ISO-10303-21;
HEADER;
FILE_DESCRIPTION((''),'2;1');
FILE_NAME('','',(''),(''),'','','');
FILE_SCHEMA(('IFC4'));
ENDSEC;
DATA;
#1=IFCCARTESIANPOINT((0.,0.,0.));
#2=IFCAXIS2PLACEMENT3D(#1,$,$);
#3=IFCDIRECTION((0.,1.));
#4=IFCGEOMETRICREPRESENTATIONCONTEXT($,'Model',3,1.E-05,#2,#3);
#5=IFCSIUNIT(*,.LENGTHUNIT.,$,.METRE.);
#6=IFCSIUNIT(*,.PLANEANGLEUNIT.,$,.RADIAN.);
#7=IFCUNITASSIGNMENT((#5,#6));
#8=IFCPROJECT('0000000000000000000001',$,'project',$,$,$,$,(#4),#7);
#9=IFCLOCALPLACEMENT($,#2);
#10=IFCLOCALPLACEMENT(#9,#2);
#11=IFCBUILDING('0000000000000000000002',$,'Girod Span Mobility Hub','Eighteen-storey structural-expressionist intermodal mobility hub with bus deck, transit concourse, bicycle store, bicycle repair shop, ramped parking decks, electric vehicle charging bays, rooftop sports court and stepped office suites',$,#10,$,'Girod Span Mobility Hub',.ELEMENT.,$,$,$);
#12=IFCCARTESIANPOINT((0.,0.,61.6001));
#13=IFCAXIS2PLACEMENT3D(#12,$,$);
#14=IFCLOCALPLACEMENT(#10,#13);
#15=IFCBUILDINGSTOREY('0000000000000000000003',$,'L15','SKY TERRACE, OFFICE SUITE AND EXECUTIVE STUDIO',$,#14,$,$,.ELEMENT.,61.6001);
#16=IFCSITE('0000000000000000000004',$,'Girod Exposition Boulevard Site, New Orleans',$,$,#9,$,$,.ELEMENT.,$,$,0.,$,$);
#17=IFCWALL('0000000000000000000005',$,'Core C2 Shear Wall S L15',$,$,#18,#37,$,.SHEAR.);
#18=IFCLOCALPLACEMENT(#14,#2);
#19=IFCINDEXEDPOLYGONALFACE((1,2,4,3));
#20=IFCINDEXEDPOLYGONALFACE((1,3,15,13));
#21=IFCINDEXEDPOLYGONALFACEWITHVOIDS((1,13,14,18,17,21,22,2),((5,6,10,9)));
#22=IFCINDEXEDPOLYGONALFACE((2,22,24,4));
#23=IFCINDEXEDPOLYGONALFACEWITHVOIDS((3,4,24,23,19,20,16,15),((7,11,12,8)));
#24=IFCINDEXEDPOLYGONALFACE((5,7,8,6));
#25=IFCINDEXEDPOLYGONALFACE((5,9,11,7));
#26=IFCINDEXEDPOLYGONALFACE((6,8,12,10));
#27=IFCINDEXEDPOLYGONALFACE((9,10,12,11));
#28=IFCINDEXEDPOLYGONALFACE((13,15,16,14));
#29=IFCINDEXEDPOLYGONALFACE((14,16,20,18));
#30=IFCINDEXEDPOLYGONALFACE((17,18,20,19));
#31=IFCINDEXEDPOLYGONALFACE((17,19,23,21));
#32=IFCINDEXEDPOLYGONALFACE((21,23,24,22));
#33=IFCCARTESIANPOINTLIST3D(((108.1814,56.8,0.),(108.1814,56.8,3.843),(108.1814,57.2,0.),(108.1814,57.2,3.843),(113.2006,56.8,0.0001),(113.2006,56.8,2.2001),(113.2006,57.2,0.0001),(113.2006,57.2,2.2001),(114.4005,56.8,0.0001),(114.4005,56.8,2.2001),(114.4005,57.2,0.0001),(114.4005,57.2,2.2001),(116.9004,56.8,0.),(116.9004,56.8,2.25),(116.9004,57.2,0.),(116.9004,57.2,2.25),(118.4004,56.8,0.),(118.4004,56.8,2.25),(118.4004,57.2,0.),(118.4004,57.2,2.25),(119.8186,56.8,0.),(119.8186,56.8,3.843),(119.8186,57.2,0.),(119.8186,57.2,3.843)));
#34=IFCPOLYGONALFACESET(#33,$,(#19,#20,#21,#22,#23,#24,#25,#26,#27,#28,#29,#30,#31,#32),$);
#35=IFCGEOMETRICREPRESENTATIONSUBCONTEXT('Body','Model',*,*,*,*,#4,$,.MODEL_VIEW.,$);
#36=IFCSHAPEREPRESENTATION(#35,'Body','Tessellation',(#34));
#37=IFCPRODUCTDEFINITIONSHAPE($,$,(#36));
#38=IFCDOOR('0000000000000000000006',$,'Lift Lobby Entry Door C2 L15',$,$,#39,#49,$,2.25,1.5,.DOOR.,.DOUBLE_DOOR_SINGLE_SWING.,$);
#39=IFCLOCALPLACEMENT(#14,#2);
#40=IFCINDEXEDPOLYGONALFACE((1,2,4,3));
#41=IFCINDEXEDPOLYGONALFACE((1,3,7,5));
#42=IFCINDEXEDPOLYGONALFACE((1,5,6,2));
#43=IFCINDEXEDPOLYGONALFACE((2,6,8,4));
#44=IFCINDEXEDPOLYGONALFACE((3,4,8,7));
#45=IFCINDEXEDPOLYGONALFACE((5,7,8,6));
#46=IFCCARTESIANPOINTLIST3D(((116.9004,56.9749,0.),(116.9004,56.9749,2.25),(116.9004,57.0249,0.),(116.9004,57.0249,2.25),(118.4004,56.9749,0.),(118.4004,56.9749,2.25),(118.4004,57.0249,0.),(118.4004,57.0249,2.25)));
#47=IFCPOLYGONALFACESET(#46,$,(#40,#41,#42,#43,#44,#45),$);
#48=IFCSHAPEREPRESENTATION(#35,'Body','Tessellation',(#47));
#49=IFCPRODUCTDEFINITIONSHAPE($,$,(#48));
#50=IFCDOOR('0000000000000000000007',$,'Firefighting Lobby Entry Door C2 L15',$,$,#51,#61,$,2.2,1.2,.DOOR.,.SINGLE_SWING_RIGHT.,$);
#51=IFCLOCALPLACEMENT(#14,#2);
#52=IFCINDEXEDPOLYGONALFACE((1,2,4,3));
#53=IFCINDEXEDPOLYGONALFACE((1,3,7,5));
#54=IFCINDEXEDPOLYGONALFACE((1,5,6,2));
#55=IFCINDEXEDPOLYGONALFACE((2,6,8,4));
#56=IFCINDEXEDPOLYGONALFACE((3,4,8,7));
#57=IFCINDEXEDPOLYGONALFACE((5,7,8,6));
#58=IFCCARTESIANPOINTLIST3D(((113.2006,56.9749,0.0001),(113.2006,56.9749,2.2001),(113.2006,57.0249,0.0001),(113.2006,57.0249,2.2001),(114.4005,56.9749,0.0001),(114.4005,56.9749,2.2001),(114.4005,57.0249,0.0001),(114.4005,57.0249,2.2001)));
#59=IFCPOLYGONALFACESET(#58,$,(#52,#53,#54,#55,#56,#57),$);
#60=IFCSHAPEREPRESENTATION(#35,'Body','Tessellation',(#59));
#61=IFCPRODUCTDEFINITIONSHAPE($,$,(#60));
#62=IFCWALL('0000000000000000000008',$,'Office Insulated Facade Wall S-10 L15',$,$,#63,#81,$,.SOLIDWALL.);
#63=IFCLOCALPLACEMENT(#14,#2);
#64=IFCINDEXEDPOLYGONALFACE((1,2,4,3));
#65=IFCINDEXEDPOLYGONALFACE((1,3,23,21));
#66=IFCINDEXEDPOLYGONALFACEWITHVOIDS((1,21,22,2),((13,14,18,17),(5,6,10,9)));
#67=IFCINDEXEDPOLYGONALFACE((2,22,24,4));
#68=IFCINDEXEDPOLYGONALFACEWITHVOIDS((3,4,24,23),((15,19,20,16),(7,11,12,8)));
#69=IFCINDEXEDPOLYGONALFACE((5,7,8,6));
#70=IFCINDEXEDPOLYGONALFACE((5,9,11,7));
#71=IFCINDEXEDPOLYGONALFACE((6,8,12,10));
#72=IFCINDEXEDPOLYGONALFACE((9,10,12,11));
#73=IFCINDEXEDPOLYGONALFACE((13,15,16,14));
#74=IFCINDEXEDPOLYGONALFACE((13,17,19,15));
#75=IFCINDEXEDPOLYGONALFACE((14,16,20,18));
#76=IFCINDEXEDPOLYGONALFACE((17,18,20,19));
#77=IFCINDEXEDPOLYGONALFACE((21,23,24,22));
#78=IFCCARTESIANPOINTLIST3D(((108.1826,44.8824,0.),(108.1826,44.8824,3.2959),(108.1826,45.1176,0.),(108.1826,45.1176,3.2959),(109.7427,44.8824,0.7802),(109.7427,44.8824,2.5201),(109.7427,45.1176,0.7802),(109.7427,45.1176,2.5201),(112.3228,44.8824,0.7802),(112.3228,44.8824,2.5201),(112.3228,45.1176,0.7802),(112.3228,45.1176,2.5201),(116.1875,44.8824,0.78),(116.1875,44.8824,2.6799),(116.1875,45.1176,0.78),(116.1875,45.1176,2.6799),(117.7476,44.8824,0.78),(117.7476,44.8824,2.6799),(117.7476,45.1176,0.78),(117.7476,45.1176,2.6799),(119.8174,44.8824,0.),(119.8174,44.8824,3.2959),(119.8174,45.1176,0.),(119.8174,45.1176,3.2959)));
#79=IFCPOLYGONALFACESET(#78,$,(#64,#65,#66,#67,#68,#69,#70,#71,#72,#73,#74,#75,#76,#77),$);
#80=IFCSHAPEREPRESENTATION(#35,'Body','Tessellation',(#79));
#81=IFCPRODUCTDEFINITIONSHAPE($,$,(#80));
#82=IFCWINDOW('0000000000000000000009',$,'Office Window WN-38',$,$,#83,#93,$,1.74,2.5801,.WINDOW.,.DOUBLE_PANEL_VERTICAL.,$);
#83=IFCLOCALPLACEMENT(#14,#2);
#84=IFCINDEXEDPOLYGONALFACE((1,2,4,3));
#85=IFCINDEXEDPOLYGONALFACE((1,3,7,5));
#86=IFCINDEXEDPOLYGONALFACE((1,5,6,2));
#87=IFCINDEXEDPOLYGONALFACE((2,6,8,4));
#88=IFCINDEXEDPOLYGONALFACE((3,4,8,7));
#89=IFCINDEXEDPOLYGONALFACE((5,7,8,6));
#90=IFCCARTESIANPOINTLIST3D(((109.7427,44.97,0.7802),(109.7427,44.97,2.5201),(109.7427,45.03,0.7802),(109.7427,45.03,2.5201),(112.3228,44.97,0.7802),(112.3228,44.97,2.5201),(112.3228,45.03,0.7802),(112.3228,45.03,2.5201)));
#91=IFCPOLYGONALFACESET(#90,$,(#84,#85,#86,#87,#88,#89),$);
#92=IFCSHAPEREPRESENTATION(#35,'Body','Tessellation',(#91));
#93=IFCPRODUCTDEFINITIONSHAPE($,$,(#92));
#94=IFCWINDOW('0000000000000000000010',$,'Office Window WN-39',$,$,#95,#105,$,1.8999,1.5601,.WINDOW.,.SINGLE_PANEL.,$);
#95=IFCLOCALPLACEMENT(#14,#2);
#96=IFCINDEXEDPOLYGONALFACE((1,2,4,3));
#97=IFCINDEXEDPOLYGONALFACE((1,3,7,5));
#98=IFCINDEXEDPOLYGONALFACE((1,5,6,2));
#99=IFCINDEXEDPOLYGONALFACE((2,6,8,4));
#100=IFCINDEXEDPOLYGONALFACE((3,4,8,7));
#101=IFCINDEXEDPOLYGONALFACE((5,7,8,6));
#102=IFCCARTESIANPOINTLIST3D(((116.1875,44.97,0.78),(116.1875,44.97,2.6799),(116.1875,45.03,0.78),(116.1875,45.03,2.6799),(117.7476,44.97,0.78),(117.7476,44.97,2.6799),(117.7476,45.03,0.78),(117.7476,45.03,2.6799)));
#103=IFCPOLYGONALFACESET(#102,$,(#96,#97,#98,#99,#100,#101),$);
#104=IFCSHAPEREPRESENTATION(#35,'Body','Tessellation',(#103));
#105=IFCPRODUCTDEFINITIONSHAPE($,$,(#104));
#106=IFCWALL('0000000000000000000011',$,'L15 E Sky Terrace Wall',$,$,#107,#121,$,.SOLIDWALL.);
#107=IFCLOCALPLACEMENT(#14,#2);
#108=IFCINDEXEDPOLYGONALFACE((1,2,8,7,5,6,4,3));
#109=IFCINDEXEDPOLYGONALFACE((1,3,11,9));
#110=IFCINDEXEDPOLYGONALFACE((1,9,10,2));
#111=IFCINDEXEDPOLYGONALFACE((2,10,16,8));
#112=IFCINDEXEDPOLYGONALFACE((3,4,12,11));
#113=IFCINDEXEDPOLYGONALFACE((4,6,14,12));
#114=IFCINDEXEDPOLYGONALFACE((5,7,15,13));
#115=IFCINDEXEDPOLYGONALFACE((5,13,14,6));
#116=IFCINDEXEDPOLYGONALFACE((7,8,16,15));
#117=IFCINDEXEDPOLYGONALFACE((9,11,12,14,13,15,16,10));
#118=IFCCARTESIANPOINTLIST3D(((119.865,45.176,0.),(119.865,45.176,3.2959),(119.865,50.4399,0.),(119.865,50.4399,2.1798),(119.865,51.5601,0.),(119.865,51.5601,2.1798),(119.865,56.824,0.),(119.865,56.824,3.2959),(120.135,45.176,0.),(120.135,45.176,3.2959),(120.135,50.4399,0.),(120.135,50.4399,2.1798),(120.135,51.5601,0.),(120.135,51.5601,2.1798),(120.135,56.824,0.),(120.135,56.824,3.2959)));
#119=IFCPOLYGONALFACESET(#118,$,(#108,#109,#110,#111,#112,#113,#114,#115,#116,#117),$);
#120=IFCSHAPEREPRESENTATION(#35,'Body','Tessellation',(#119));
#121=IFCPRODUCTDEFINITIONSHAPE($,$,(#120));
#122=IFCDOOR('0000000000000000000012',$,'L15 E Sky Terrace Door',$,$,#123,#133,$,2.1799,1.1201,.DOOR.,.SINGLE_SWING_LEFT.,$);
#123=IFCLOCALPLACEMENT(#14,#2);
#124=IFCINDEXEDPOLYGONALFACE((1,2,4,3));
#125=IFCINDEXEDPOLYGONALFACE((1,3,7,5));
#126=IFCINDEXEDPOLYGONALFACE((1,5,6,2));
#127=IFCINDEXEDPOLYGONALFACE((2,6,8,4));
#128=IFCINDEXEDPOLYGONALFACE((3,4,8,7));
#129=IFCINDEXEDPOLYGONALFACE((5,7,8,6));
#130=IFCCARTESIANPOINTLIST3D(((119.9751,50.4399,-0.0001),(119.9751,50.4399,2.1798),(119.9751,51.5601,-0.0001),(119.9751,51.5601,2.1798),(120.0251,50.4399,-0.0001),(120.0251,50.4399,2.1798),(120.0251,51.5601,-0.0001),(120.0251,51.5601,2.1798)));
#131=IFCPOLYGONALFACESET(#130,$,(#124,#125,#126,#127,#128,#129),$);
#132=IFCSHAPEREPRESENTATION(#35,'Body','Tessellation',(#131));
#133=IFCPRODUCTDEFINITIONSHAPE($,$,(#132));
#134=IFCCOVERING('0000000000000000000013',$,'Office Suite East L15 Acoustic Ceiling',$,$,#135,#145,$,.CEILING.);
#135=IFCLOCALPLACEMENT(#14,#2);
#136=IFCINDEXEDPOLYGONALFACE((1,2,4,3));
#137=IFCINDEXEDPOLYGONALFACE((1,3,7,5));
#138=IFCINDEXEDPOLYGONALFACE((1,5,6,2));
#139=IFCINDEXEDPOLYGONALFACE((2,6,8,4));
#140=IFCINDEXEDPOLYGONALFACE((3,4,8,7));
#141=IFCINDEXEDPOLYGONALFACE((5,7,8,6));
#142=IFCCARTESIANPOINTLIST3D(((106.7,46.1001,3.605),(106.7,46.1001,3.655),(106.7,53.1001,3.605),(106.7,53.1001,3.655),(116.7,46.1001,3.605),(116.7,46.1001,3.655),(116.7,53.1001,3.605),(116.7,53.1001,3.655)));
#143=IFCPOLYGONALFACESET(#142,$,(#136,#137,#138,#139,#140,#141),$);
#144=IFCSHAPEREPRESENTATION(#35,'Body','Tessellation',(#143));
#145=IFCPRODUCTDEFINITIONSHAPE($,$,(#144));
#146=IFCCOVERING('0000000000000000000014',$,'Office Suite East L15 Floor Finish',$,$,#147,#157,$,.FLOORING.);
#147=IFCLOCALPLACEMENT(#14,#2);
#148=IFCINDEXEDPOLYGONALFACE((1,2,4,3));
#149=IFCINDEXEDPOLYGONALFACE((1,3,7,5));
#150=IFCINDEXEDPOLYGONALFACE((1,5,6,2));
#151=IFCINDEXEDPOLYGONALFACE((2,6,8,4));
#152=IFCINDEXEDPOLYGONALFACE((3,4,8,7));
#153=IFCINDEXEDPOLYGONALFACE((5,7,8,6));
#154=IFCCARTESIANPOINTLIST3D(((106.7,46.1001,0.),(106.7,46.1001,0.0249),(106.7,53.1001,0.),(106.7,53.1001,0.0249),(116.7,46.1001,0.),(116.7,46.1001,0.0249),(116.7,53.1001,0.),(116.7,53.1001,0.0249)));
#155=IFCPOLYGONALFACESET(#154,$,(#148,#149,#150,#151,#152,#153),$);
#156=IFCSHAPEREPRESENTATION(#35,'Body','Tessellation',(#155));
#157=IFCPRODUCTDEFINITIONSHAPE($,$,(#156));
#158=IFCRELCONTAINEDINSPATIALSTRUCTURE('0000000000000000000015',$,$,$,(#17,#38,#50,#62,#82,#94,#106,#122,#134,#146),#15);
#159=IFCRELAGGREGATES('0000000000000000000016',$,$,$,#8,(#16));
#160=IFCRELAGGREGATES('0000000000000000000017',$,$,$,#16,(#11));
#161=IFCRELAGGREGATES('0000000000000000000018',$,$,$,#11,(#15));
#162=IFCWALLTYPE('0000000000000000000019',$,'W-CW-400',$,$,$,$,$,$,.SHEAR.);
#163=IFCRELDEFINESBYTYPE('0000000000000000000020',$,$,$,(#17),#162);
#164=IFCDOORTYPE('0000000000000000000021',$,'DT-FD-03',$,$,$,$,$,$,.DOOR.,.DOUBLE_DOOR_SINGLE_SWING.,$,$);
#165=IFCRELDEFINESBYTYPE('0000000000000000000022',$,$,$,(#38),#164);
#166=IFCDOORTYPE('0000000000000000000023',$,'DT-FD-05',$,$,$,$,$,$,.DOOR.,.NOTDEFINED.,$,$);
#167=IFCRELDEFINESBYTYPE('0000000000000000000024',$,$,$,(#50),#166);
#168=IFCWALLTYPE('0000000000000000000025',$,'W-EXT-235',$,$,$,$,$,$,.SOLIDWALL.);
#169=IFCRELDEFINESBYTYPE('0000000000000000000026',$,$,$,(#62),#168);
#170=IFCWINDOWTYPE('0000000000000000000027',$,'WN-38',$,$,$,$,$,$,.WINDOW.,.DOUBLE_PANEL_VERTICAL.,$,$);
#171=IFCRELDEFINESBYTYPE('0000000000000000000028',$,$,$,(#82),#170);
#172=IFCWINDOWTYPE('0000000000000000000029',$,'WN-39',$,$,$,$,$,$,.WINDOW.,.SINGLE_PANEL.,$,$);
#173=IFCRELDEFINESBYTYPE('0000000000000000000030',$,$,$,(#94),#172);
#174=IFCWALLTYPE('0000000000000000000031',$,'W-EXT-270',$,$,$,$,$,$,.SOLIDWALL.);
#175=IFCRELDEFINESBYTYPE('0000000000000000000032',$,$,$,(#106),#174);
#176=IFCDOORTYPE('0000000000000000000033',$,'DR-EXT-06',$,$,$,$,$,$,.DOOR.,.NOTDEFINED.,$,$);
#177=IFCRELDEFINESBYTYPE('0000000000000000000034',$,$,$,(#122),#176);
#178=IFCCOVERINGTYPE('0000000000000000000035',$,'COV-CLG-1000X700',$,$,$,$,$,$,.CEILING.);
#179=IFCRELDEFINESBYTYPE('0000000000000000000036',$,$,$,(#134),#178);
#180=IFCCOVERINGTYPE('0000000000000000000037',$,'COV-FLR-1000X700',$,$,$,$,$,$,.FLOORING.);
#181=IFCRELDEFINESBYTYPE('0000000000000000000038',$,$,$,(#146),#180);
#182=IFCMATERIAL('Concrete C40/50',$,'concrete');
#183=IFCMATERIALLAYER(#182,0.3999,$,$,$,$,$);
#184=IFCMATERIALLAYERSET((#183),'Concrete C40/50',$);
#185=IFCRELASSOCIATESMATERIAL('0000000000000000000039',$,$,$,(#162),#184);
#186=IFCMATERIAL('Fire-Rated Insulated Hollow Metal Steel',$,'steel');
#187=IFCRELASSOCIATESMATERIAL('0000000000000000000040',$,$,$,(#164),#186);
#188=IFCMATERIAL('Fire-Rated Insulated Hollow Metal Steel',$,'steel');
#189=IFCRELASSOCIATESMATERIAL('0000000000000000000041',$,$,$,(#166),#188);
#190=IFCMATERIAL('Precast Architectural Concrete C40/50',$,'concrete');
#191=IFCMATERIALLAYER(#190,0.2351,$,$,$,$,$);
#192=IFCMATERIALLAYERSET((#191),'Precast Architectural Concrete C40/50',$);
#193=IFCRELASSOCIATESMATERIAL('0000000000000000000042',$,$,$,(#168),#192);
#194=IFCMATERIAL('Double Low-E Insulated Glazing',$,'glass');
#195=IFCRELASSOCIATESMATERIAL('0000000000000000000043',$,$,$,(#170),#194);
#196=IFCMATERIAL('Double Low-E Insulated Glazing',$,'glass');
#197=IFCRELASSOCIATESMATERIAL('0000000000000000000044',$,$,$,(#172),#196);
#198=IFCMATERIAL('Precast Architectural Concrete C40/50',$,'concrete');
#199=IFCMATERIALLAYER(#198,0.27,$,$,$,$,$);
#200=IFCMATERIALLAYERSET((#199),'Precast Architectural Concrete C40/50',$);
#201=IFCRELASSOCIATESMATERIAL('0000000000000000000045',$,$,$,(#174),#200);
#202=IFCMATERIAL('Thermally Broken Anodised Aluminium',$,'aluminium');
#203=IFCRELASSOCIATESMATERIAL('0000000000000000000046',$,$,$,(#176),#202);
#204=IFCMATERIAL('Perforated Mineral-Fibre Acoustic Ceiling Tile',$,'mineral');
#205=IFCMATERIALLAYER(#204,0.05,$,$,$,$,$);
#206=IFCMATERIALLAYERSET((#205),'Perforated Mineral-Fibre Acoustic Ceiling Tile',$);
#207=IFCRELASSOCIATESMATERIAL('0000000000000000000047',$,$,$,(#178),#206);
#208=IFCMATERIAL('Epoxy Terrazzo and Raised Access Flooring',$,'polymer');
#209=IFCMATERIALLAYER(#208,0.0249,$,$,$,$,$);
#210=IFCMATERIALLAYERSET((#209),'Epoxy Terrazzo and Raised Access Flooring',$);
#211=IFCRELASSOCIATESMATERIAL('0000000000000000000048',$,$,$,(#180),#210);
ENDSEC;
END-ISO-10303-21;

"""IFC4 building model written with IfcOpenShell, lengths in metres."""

from ifc_helpers import new_model, si_unit, direction, frame, frame_2d, origin, origin_2d, place, context, subcontext, project, spatial, rectangle, extrude, material, layer, layer_set, type_object, element, fill, save


model = new_model("IFC4")

# Units and contexts
model_context = context("Model", 3, precision=1e-05, world=origin(), true_north=direction((0.0, 1.0)))
body_context = subcontext(model_context, "Body", "Model", "MODEL_VIEW")
ifc_project = project(units=[si_unit("LENGTHUNIT", "METRE"), si_unit("PLANEANGLEUNIT", "RADIAN")], contexts=[model_context])

# Site, building, storey
site_placement = place(None, origin())
site = spatial("IfcSite", under=ifc_project, at=site_placement, Name="Girod Exposition Boulevard Site, New Orleans", CompositionType="ELEMENT", RefElevation=0.0)
building_placement = place(site_placement, origin())
building = spatial("IfcBuilding", under=site, at=building_placement, Name="Girod Span Mobility Hub", Description="Eighteen-storey structural-expressionist intermodal mobility hub with bus deck, transit concourse, bicycle store, bicycle repair shop, ramped parking decks, electric vehicle charging bays, rooftop sports court and stepped office suites", LongName="Girod Span Mobility Hub", CompositionType="ELEMENT")
storey_placement = place(building_placement, frame((0.0, 0.0, 61.6001)))
storey = spatial("IfcBuildingStorey", under=building, at=storey_placement, Name="L15", Description="SKY TERRACE, OFFICE SUITE AND EXECUTIVE STUDIO", CompositionType="ELEMENT", Elevation=61.6001)

# Wall, openings, doors
ifc_material_1 = material(Name="Concrete C40/50", Category="concrete")
ifc_layer_1 = layer(ifc_material_1, 0.3999)
ifc_layer_set_1 = layer_set([ifc_layer_1], Name="Concrete C40/50")
wall_type_1 = type_object("IfcWallType", Name="W-CW-400", PredefinedType="SHEAR", material=ifc_layer_set_1)
wall_1_placement = place(storey_placement, frame((108.1814, 57.0, 0.0), z_axis=(0.0, 0.0, 1.0), x_axis=(1.0, 0.0, 0.0)))
wall_1 = element("IfcWall", 1, at=wall_1_placement, inside=storey, type_object=wall_type_1, Name="Core C2 Shear Wall S L15", PredefinedType="SHEAR", context=body_context, shape_type="SweptSolid", body=[
    extrude(rectangle(XDim=11.6372, YDim=0.3999, at=frame_2d((5.8186, 0.0))), origin(), (0.0, 0.0, 1.0), 3.843),
])
opening_1_placement = place(wall_1_placement, frame((5.019, 0.0, 0.0)))
opening_1 = element("IfcOpeningElement", 2, at=opening_1_placement, cuts=wall_1, PredefinedType="OPENING", context=body_context, shape_type="SweptSolid", body=[
    extrude(rectangle(XDim=1.2, YDim=2.2, at=frame_2d((0.6001, 1.1001))), frame((0.0, 0.2148, 0.0), z_axis=(0.0, -1.0, 0.0), x_axis=(1.0, 0.0, 0.0)), (0.0, 0.0, 1.0), 0.4299),
])
opening_2_placement = place(wall_1_placement, frame((8.719, 0.0, 0.0)))
opening_2 = element("IfcOpeningElement", 3, at=opening_2_placement, cuts=wall_1, PredefinedType="OPENING", context=body_context, shape_type="SweptSolid", body=[
    extrude(rectangle(XDim=1.5, YDim=2.25, at=frame_2d((0.75, 1.125))), frame((0.0, 0.2148, 0.0), z_axis=(0.0, -1.0, 0.0), x_axis=(1.0, 0.0, 0.0)), (0.0, 0.0, 1.0), 0.4299),
])
ifc_material_2 = material(Name="Fire-Rated Insulated Hollow Metal Steel", Category="steel")
door_type_1 = type_object("IfcDoorType", Name="DT-FD-03", OperationType="DOUBLE_DOOR_SINGLE_SWING", PredefinedType="DOOR", material=ifc_material_2)
door_1_placement = place(opening_2_placement, origin())
door_1 = element("IfcDoor", 4, at=door_1_placement, inside=storey, type_object=door_type_1, Name="Lift Lobby Entry Door C2 L15", OperationType="DOUBLE_DOOR_SINGLE_SWING", OverallHeight=2.25, OverallWidth=1.5, PredefinedType="DOOR", context=body_context, shape_type="SweptSolid", body=[
    extrude(rectangle(XDim=1.5, YDim=2.25, at=frame_2d((0.75, 1.125))), frame((0.0, 0.0249, 0.0), z_axis=(0.0, -1.0, 0.0), x_axis=(1.0, 0.0, 0.0)), (0.0, 0.0, 1.0), 0.05),
])
fill(opening_2, door_1)
ifc_material_3 = material(Name="Fire-Rated Insulated Hollow Metal Steel", Category="steel")
door_type_2 = type_object("IfcDoorType", Name="DT-FD-05", OperationType="NOTDEFINED", PredefinedType="DOOR", material=ifc_material_3)
door_2_placement = place(opening_1_placement, origin())
door_2 = element("IfcDoor", 5, at=door_2_placement, inside=storey, type_object=door_type_2, Name="Firefighting Lobby Entry Door C2 L15", OperationType="SINGLE_SWING_RIGHT", OverallHeight=2.2, OverallWidth=1.2, PredefinedType="DOOR", context=body_context, shape_type="SweptSolid", body=[
    extrude(rectangle(XDim=1.2, YDim=2.2, at=frame_2d((0.6001, 1.1001))), frame((0.0, 0.0249, 0.0), z_axis=(0.0, -1.0, 0.0), x_axis=(1.0, 0.0, 0.0)), (0.0, 0.0, 1.0), 0.05),
])
fill(opening_1, door_2)

# Wall, openings, windows
ifc_material_4 = material(Name="Precast Architectural Concrete C40/50", Category="concrete")
ifc_layer_2 = layer(ifc_material_4, 0.2351)
ifc_layer_set_2 = layer_set([ifc_layer_2], Name="Precast Architectural Concrete C40/50")
wall_type_2 = type_object("IfcWallType", Name="W-EXT-235", PredefinedType="SOLIDWALL", material=ifc_layer_set_2)
wall_2_placement = place(storey_placement, frame((108.1826, 45.0, 0.0), z_axis=(0.0, 0.0, 1.0), x_axis=(1.0, 0.0, 0.0)))
wall_2 = element("IfcWall", 6, at=wall_2_placement, inside=storey, type_object=wall_type_2, Name="Office Insulated Facade Wall S-10 L15", PredefinedType="SOLIDWALL", context=body_context, shape_type="SweptSolid", body=[
    extrude(rectangle(XDim=11.6348, YDim=0.2351, at=frame_2d((5.8174, 0.0))), origin(), (0.0, 0.0, 1.0), 3.2959),
])
opening_3_placement = place(wall_2_placement, frame((1.5601, 0.0, 0.78)))
opening_3 = element("IfcOpeningElement", 7, at=opening_3_placement, cuts=wall_2, PredefinedType="OPENING", context=body_context, shape_type="SweptSolid", body=[
    extrude(rectangle(XDim=2.5801, YDim=1.74, at=frame_2d((1.29, 0.8701))), frame((0.0, 0.1326, 0.0), z_axis=(0.0, -1.0, 0.0), x_axis=(1.0, 0.0, 0.0)), (0.0, 0.0, 1.0), 0.2651),
])
opening_4_placement = place(wall_2_placement, frame((8.0049, 0.0, 0.78)))
opening_4 = element("IfcOpeningElement", 8, at=opening_4_placement, cuts=wall_2, PredefinedType="OPENING", context=body_context, shape_type="SweptSolid", body=[
    extrude(rectangle(XDim=1.5601, YDim=1.8999, at=frame_2d((0.78, 0.95))), frame((0.0, 0.1326, 0.0), z_axis=(0.0, -1.0, 0.0), x_axis=(1.0, 0.0, 0.0)), (0.0, 0.0, 1.0), 0.2651),
])
ifc_material_5 = material(Name="Double Low-E Insulated Glazing", Category="glass")
window_type_1 = type_object("IfcWindowType", Name="WN-38", PartitioningType="DOUBLE_PANEL_VERTICAL", PredefinedType="WINDOW", material=ifc_material_5)
window_1_placement = place(opening_3_placement, origin())
window_1 = element("IfcWindow", 9, at=window_1_placement, inside=storey, type_object=window_type_1, Name="Office Window WN-38", OverallHeight=1.74, OverallWidth=2.5801, PartitioningType="DOUBLE_PANEL_VERTICAL", PredefinedType="WINDOW", context=body_context, shape_type="SweptSolid", body=[
    extrude(rectangle(XDim=2.5801, YDim=1.74, at=frame_2d((1.29, 0.8701))), frame((0.0, 0.03, 0.0), z_axis=(0.0, -1.0, 0.0), x_axis=(1.0, 0.0, 0.0)), (0.0, 0.0, 1.0), 0.0601),
])
fill(opening_3, window_1)
ifc_material_6 = material(Name="Double Low-E Insulated Glazing", Category="glass")
window_type_2 = type_object("IfcWindowType", Name="WN-39", PartitioningType="SINGLE_PANEL", PredefinedType="WINDOW", material=ifc_material_6)
window_2_placement = place(opening_4_placement, origin())
window_2 = element("IfcWindow", 10, at=window_2_placement, inside=storey, type_object=window_type_2, Name="Office Window WN-39", OverallHeight=1.8999, OverallWidth=1.5601, PartitioningType="SINGLE_PANEL", PredefinedType="WINDOW", context=body_context, shape_type="SweptSolid", body=[
    extrude(rectangle(XDim=1.5601, YDim=1.8999, at=frame_2d((0.78, 0.95))), frame((0.0, 0.03, 0.0), z_axis=(0.0, -1.0, 0.0), x_axis=(1.0, 0.0, 0.0)), (0.0, 0.0, 1.0), 0.0601),
])
fill(opening_4, window_2)

# Wall, opening, door
ifc_material_7 = material(Name="Precast Architectural Concrete C40/50", Category="concrete")
ifc_layer_3 = layer(ifc_material_7, 0.27)
ifc_layer_set_3 = layer_set([ifc_layer_3], Name="Precast Architectural Concrete C40/50")
wall_type_3 = type_object("IfcWallType", Name="W-EXT-270", PredefinedType="SOLIDWALL", material=ifc_layer_set_3)
wall_3_placement = place(storey_placement, frame((120.0, 45.176, 0.0), z_axis=(0.0, 0.0, 1.0), x_axis=(0.0, 1.0, 0.0)))
wall_3 = element("IfcWall", 11, at=wall_3_placement, inside=storey, type_object=wall_type_3, Name="L15 E Sky Terrace Wall", PredefinedType="SOLIDWALL", context=body_context, shape_type="SweptSolid", body=[
    extrude(rectangle(XDim=11.6479, YDim=0.27, at=frame_2d((5.824, 0.0))), origin(), (0.0, 0.0, 1.0), 3.2959),
])
opening_5_placement = place(wall_3_placement, frame((5.2639, 0.0, 0.0)))
opening_5 = element("IfcOpeningElement", 12, at=opening_5_placement, cuts=wall_3, PredefinedType="OPENING", context=body_context, shape_type="SweptSolid", body=[
    extrude(rectangle(XDim=1.1201, YDim=2.1799, at=frame_2d((0.5601, 1.0898))), frame((0.0, 0.1499, 0.0), z_axis=(0.0, -1.0, 0.0), x_axis=(1.0, 0.0, 0.0)), (0.0, 0.0, 1.0), 0.3),
])
ifc_material_8 = material(Name="Thermally Broken Anodised Aluminium", Category="aluminium")
door_type_3 = type_object("IfcDoorType", Name="DR-EXT-06", OperationType="NOTDEFINED", PredefinedType="DOOR", material=ifc_material_8)
door_3_placement = place(opening_5_placement, origin())
door_3 = element("IfcDoor", 13, at=door_3_placement, inside=storey, type_object=door_type_3, Name="L15 E Sky Terrace Door", OperationType="SINGLE_SWING_LEFT", OverallHeight=2.1799, OverallWidth=1.1201, PredefinedType="DOOR", context=body_context, shape_type="SweptSolid", body=[
    extrude(rectangle(XDim=1.1201, YDim=2.1799, at=frame_2d((0.5601, 1.0898))), frame((0.0, 0.0249, 0.0), z_axis=(0.0, -1.0, 0.0), x_axis=(1.0, 0.0, 0.0)), (0.0, 0.0, 1.0), 0.05),
])
fill(opening_5, door_3)

# Coverings
ifc_material_9 = material(Name="Perforated Mineral-Fibre Acoustic Ceiling Tile", Category="mineral")
ifc_layer_4 = layer(ifc_material_9, 0.05)
ifc_layer_set_4 = layer_set([ifc_layer_4], Name="Perforated Mineral-Fibre Acoustic Ceiling Tile")
covering_type_1 = type_object("IfcCoveringType", Name="COV-CLG-1000X700", PredefinedType="CEILING", material=ifc_layer_set_4)
covering_1_placement = place(storey_placement, frame((111.7, 49.6001, 3.605), z_axis=(0.0, 0.0, 1.0), x_axis=(1.0, 0.0, 0.0)))
element("IfcCovering", 14, at=covering_1_placement, inside=storey, type_object=covering_type_1, Name="Office Suite East L15 Acoustic Ceiling", PredefinedType="CEILING", context=body_context, shape_type="SweptSolid", body=[
    extrude(rectangle(XDim=10.0, YDim=7.0, at=origin_2d()), origin(), (0.0, 0.0, 1.0), 0.05),
])
ifc_material_10 = material(Name="Epoxy Terrazzo and Raised Access Flooring", Category="polymer")
ifc_layer_5 = layer(ifc_material_10, 0.0249)
ifc_layer_set_5 = layer_set([ifc_layer_5], Name="Epoxy Terrazzo and Raised Access Flooring")
covering_type_2 = type_object("IfcCoveringType", Name="COV-FLR-1000X700", PredefinedType="FLOORING", material=ifc_layer_set_5)
covering_2_placement = place(storey_placement, frame((111.7, 49.6001, 0.0), z_axis=(0.0, 0.0, 1.0), x_axis=(1.0, 0.0, 0.0)))
element("IfcCovering", 15, at=covering_2_placement, inside=storey, type_object=covering_type_2, Name="Office Suite East L15 Floor Finish", PredefinedType="FLOORING", context=body_context, shape_type="SweptSolid", body=[
    extrude(rectangle(XDim=10.0, YDim=7.0, at=origin_2d()), origin(), (0.0, 0.0, 1.0), 0.0249),
])

save(model, "model.ifc")
